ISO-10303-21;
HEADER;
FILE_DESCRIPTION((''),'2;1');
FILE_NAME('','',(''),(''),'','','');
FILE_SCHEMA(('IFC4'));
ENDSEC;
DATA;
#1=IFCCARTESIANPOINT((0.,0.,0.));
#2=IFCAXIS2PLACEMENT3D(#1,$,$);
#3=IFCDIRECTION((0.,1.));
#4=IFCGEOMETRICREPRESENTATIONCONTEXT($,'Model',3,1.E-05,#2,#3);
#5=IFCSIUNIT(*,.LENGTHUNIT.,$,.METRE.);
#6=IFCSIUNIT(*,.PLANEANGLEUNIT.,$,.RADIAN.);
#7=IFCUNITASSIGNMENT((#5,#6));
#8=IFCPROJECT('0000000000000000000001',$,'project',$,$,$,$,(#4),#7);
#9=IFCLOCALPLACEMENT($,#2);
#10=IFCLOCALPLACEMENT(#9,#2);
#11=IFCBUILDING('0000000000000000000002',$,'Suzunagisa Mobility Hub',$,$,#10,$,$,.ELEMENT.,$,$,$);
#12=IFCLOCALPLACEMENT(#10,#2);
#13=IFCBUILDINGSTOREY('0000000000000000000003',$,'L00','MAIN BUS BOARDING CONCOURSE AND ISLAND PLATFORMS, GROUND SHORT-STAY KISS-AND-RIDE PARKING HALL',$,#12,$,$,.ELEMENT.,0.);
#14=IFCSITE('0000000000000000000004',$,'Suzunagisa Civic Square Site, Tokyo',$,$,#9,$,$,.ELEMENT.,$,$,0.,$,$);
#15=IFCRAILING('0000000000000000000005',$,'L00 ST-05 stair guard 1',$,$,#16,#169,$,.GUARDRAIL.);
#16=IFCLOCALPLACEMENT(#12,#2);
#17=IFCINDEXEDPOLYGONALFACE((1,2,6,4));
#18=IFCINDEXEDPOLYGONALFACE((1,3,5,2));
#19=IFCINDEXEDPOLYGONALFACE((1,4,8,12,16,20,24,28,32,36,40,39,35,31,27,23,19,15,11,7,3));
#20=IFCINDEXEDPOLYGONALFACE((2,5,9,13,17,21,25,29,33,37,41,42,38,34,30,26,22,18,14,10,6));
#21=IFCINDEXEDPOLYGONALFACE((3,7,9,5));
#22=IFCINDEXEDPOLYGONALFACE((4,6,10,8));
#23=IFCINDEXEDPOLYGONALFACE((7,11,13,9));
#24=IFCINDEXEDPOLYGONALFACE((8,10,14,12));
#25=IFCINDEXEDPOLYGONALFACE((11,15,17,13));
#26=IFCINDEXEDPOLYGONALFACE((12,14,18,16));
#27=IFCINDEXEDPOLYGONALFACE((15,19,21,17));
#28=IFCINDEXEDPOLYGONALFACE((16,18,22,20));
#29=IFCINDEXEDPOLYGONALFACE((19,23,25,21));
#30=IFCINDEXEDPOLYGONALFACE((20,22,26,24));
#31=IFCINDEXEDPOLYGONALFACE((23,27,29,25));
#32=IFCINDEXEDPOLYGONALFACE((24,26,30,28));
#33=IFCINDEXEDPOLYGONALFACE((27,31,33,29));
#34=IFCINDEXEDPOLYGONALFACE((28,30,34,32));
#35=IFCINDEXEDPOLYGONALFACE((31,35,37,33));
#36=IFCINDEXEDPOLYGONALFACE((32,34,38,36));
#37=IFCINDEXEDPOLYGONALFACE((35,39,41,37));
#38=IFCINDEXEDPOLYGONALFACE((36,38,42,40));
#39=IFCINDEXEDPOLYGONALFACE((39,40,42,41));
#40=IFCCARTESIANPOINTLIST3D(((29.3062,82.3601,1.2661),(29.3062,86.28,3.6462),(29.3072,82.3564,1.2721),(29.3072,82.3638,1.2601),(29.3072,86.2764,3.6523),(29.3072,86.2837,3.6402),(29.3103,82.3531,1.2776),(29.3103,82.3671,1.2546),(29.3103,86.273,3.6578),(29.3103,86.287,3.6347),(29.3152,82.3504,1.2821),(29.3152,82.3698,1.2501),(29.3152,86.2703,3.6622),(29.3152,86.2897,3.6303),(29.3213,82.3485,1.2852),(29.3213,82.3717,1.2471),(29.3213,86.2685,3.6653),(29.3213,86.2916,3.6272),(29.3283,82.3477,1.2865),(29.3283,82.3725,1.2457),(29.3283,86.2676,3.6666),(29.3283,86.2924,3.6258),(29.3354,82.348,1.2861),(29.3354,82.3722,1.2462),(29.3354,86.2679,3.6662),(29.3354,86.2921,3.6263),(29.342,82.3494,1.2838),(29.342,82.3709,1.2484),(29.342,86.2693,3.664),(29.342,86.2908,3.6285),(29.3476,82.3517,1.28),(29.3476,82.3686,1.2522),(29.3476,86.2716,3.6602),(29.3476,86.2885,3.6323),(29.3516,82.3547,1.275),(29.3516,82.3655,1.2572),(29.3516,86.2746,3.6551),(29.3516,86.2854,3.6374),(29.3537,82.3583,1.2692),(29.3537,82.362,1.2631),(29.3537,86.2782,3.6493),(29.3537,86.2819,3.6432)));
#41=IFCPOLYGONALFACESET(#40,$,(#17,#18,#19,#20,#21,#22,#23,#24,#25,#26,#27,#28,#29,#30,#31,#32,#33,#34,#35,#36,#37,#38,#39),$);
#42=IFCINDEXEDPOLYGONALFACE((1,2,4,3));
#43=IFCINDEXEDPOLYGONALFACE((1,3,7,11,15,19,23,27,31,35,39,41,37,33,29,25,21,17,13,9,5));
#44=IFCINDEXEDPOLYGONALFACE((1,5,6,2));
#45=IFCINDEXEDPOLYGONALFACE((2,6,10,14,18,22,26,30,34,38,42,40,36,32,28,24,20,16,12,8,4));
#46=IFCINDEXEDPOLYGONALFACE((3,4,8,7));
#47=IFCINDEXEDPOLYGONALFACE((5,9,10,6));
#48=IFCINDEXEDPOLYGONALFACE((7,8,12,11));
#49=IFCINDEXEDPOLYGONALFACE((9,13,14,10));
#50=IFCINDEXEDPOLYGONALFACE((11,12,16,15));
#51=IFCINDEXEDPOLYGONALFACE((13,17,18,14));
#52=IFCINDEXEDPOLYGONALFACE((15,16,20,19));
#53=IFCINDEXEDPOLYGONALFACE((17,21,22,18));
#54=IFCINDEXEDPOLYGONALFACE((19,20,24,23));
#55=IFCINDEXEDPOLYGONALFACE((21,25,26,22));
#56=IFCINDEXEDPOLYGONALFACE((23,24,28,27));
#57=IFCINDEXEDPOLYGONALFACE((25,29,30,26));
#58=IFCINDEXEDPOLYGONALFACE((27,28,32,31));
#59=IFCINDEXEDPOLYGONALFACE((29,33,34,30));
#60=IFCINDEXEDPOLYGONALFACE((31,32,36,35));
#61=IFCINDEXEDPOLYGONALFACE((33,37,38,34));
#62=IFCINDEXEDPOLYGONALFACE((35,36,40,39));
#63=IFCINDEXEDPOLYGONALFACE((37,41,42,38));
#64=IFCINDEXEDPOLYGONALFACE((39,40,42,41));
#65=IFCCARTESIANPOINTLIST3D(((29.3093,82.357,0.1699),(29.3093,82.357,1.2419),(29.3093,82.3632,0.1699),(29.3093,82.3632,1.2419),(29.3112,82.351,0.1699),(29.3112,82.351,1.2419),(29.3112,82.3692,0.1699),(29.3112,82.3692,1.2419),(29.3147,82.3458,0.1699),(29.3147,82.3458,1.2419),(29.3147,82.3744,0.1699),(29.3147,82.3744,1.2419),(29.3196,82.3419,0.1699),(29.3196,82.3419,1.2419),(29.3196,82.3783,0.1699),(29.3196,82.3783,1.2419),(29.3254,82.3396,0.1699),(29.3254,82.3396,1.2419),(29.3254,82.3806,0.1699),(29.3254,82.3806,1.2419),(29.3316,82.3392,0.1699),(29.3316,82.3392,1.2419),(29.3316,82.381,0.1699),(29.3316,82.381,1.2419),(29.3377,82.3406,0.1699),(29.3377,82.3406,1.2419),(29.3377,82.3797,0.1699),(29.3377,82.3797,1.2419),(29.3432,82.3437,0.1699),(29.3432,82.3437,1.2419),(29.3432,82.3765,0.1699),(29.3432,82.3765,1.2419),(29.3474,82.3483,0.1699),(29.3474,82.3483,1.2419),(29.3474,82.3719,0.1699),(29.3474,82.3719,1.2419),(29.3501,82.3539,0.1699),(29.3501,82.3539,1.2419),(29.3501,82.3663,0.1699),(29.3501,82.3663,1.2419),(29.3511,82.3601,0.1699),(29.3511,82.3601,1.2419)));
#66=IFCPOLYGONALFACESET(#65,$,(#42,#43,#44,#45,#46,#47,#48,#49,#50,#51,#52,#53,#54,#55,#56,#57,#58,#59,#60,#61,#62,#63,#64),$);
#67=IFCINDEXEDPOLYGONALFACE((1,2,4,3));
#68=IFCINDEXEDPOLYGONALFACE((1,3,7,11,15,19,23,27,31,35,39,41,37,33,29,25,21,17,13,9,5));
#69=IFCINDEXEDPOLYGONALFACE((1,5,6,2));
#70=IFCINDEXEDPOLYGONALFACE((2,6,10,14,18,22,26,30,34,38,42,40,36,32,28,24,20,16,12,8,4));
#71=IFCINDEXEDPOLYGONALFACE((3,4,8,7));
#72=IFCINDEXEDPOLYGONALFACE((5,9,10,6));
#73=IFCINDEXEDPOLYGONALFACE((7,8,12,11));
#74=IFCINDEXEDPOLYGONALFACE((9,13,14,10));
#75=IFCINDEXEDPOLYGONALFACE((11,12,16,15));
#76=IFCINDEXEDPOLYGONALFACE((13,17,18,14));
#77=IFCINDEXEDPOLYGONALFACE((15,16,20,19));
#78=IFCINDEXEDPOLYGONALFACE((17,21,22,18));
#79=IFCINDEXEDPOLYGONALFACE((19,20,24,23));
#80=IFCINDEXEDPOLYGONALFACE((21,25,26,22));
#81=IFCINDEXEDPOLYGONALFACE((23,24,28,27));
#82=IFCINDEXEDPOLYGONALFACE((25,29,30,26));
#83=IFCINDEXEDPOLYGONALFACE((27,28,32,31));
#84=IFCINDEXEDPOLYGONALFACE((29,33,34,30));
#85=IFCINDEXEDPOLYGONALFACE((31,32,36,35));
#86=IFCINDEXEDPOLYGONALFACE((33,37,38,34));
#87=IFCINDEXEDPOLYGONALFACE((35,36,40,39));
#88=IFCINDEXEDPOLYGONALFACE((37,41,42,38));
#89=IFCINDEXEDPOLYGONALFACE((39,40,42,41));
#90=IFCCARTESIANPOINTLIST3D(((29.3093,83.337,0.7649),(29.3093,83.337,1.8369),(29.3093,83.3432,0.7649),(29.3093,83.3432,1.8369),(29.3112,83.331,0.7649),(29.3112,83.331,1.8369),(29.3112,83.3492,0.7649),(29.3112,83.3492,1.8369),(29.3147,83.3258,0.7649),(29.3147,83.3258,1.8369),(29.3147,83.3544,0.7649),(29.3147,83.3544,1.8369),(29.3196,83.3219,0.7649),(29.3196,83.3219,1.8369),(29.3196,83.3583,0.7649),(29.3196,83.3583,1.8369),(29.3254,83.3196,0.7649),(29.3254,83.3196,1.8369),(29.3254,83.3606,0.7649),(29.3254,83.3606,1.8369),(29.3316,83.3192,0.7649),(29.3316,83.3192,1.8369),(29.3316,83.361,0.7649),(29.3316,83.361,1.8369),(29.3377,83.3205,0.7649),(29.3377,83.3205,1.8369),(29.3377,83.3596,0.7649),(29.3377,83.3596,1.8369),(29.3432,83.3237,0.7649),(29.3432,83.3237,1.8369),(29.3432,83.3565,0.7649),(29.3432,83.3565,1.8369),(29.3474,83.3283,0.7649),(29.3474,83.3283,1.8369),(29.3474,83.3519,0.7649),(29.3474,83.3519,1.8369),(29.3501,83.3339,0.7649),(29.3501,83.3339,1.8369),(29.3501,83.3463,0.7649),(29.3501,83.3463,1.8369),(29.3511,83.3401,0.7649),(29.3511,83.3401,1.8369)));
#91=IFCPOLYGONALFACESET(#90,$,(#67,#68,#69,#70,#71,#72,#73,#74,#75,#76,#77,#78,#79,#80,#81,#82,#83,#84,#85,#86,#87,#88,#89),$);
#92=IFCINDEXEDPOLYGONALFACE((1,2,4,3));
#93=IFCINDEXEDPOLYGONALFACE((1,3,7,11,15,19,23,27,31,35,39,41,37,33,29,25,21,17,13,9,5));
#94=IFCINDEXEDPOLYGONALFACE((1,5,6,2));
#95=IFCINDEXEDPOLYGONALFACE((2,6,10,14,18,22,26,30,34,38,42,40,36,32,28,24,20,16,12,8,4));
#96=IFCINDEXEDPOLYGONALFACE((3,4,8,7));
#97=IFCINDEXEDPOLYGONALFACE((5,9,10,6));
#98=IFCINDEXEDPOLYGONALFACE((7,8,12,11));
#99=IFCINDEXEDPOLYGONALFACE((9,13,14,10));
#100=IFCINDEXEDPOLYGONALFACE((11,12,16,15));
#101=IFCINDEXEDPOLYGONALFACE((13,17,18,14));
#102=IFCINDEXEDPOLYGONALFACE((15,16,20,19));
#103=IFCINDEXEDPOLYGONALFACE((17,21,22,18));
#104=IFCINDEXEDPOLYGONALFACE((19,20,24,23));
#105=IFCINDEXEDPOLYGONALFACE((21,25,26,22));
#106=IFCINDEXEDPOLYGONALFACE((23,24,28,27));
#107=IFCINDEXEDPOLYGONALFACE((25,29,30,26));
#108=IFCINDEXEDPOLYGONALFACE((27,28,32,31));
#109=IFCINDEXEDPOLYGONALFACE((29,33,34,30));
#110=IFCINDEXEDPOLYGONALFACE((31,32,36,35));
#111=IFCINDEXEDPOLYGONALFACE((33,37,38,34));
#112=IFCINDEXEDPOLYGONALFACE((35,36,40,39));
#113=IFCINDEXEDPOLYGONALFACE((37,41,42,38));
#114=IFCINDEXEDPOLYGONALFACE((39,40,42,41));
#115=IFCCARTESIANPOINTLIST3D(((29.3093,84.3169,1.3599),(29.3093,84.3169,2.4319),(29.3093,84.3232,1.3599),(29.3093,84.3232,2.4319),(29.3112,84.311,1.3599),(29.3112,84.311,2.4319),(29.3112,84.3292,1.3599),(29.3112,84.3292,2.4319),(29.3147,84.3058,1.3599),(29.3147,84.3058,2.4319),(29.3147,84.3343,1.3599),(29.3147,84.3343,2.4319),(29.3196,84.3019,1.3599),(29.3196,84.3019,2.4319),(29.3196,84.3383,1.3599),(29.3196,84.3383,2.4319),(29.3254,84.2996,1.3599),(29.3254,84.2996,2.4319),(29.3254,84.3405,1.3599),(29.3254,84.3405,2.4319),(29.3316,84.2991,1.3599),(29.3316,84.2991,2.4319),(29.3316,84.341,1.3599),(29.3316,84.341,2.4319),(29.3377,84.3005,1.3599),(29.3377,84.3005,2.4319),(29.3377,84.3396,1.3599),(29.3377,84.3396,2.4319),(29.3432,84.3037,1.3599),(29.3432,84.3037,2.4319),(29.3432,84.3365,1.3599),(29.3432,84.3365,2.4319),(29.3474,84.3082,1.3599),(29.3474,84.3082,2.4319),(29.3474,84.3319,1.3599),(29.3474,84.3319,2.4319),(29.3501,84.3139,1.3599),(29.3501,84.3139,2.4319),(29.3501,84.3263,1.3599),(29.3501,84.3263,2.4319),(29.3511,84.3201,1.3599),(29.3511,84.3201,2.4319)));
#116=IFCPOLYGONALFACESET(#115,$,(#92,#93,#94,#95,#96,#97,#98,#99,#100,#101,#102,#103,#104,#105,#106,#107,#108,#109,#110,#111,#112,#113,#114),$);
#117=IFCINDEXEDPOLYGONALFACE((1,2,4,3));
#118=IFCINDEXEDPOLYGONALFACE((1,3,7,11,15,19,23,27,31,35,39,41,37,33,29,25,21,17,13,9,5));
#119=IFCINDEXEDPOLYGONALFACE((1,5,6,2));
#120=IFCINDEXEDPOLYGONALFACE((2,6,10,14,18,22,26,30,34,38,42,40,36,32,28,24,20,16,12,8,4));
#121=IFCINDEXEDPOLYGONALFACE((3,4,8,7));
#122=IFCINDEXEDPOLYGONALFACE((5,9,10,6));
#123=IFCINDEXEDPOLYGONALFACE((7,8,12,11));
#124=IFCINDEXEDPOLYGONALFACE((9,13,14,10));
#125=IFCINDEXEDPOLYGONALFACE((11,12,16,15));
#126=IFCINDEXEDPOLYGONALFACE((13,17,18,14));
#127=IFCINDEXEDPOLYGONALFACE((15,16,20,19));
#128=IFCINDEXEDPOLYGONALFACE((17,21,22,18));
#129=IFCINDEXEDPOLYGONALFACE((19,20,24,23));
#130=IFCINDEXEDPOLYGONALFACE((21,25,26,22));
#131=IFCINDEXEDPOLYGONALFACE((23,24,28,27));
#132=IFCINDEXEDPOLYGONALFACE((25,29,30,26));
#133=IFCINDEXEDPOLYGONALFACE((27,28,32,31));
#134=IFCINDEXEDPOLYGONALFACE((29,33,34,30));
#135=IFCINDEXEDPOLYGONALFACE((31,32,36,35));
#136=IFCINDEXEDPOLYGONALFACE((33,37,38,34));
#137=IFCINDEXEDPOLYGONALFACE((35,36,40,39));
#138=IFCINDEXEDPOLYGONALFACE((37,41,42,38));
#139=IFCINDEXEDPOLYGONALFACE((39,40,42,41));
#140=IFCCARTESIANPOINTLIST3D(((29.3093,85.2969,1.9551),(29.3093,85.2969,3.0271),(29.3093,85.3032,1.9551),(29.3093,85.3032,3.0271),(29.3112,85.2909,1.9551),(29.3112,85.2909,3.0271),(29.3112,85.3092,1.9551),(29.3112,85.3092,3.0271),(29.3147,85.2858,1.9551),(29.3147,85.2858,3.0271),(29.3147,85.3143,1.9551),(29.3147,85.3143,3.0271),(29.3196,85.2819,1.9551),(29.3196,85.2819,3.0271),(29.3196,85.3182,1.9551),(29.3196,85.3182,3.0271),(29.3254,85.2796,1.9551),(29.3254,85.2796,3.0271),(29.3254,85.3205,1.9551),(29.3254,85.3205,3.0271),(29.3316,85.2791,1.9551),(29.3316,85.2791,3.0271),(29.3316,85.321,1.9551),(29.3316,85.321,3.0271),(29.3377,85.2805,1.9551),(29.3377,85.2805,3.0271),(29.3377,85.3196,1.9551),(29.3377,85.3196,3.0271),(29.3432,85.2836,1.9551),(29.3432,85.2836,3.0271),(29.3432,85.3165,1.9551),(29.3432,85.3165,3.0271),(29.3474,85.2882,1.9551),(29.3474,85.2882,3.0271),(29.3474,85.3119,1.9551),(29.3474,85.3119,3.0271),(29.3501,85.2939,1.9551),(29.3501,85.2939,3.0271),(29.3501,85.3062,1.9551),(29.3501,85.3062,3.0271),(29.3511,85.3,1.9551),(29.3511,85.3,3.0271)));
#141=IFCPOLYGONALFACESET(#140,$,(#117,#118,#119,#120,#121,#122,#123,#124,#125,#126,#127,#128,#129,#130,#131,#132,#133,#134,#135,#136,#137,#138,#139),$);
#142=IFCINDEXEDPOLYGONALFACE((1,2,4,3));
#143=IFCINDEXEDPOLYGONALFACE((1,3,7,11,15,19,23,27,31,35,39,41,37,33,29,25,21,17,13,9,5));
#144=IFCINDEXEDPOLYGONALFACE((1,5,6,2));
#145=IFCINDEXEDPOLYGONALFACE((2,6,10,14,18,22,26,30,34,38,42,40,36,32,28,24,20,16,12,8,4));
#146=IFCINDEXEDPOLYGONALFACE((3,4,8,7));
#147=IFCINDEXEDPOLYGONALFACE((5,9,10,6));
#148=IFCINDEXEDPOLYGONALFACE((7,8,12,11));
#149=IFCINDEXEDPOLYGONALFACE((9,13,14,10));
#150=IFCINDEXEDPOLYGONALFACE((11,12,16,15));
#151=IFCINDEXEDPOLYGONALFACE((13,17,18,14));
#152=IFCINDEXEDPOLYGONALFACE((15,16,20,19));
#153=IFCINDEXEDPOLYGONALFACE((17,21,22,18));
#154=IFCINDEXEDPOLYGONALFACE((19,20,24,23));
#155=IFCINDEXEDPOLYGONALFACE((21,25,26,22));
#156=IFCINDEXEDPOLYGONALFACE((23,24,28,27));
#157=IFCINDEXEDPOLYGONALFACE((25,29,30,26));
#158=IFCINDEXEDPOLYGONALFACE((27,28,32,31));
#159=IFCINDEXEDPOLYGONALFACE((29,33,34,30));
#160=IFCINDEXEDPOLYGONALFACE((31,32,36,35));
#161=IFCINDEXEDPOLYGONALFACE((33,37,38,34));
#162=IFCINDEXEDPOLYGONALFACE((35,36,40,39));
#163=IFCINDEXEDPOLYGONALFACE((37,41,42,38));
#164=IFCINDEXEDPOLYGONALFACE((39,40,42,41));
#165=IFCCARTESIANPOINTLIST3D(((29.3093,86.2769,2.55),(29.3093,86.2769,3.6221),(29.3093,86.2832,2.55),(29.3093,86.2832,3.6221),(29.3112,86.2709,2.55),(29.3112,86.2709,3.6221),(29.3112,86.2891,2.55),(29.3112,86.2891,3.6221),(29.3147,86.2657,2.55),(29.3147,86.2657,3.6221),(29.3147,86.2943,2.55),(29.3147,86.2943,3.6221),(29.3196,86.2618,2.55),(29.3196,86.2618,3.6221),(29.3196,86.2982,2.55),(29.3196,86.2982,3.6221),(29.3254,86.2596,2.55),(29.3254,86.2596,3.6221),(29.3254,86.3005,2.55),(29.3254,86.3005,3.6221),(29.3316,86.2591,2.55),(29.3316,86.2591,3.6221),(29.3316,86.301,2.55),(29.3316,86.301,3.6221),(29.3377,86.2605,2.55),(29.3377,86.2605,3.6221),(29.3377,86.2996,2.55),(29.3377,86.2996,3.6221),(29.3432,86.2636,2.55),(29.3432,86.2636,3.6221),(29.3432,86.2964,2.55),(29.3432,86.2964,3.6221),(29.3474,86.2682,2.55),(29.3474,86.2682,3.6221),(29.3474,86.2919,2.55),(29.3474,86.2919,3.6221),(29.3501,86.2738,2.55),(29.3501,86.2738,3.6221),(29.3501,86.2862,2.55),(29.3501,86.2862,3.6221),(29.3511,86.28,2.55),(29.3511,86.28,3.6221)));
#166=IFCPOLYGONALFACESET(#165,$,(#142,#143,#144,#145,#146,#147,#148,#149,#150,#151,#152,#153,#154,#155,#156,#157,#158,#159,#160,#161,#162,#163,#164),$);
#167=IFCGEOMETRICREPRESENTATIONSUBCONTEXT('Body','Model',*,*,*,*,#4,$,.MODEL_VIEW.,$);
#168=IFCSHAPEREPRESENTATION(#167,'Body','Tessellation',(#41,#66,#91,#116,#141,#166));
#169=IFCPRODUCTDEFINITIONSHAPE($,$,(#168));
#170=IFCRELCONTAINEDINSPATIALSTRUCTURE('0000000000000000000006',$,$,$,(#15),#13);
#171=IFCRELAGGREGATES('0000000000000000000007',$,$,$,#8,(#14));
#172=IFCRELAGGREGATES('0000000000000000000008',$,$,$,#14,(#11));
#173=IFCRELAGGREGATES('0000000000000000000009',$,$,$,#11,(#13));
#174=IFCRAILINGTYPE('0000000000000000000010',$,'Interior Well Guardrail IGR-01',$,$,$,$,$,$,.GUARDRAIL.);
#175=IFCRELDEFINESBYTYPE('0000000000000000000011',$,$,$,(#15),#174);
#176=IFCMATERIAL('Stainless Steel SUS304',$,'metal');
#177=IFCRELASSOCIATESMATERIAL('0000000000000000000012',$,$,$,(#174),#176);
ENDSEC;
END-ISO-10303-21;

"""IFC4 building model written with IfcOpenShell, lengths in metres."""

from ifc_helpers import new_model, si_unit, direction, frame, origin, origin_2d, place, context, subcontext, project, spatial, circle, extrude, material, type_object, element, save


model = new_model("IFC4")

# Units and contexts
model_context = context("Model", 3, precision=1e-05, world=origin(), true_north=direction((0.0, 1.0)))
body_context = subcontext(model_context, "Body", "Model", "MODEL_VIEW")
ifc_project = project(units=[si_unit("LENGTHUNIT", "METRE"), si_unit("PLANEANGLEUNIT", "RADIAN")], contexts=[model_context])

# Site, building, storey
site_placement = place(None, origin())
site = spatial("IfcSite", under=ifc_project, at=site_placement, Name="Suzunagisa Civic Square Site, Tokyo", CompositionType="ELEMENT", RefElevation=0.0)
building_placement = place(site_placement, origin())
building = spatial("IfcBuilding", under=site, at=building_placement, Name="Suzunagisa Mobility Hub", CompositionType="ELEMENT")
storey_placement = place(building_placement, origin())
storey = spatial("IfcBuildingStorey", under=building, at=storey_placement, Name="L00", Description="MAIN BUS BOARDING CONCOURSE AND ISLAND PLATFORMS, GROUND SHORT-STAY KISS-AND-RIDE PARKING HALL", CompositionType="ELEMENT", Elevation=0.0)

# Railing
ifc_material_1 = material(Name="Stainless Steel SUS304", Category="metal")
railing_type_1 = type_object("IfcRailingType", Name="Interior Well Guardrail IGR-01", PredefinedType="GUARDRAIL", material=ifc_material_1)
railing_1_placement = place(storey_placement, frame((29.3301, 82.3601, 0.1699)))
element("IfcRailing", 1, at=railing_1_placement, inside=storey, type_object=railing_type_1, Name="L00 ST-05 stair guard 1", PredefinedType="GUARDRAIL", context=body_context, shape_type="SweptSolid", body=[
    extrude(circle(Radius=0.0239, at=origin_2d()), frame((0.0, 0.0, 1.0962), z_axis=(0.0, 0.854771, 0.519006), x_axis=(-1.0, 0.0, 0.0)), (0.0, 0.0, 1.0), 4.5859),
    extrude(circle(Radius=0.021, at=origin_2d()), origin(), (0.0, 0.0, 1.0), 1.072),
    extrude(circle(Radius=0.021, at=origin_2d()), frame((0.0, 0.98, 0.595)), (0.0, 0.0, 1.0), 1.072),
    extrude(circle(Radius=0.021, at=origin_2d()), frame((0.0, 1.96, 1.1899)), (0.0, 0.0, 1.0), 1.072),
    extrude(circle(Radius=0.021, at=origin_2d()), frame((0.0, 2.9399, 1.7852)), (0.0, 0.0, 1.0), 1.072),
    extrude(circle(Radius=0.021, at=origin_2d()), frame((0.0, 3.9199, 2.3801)), (0.0, 0.0, 1.0), 1.072),
])

save(model, "model.ifc")
